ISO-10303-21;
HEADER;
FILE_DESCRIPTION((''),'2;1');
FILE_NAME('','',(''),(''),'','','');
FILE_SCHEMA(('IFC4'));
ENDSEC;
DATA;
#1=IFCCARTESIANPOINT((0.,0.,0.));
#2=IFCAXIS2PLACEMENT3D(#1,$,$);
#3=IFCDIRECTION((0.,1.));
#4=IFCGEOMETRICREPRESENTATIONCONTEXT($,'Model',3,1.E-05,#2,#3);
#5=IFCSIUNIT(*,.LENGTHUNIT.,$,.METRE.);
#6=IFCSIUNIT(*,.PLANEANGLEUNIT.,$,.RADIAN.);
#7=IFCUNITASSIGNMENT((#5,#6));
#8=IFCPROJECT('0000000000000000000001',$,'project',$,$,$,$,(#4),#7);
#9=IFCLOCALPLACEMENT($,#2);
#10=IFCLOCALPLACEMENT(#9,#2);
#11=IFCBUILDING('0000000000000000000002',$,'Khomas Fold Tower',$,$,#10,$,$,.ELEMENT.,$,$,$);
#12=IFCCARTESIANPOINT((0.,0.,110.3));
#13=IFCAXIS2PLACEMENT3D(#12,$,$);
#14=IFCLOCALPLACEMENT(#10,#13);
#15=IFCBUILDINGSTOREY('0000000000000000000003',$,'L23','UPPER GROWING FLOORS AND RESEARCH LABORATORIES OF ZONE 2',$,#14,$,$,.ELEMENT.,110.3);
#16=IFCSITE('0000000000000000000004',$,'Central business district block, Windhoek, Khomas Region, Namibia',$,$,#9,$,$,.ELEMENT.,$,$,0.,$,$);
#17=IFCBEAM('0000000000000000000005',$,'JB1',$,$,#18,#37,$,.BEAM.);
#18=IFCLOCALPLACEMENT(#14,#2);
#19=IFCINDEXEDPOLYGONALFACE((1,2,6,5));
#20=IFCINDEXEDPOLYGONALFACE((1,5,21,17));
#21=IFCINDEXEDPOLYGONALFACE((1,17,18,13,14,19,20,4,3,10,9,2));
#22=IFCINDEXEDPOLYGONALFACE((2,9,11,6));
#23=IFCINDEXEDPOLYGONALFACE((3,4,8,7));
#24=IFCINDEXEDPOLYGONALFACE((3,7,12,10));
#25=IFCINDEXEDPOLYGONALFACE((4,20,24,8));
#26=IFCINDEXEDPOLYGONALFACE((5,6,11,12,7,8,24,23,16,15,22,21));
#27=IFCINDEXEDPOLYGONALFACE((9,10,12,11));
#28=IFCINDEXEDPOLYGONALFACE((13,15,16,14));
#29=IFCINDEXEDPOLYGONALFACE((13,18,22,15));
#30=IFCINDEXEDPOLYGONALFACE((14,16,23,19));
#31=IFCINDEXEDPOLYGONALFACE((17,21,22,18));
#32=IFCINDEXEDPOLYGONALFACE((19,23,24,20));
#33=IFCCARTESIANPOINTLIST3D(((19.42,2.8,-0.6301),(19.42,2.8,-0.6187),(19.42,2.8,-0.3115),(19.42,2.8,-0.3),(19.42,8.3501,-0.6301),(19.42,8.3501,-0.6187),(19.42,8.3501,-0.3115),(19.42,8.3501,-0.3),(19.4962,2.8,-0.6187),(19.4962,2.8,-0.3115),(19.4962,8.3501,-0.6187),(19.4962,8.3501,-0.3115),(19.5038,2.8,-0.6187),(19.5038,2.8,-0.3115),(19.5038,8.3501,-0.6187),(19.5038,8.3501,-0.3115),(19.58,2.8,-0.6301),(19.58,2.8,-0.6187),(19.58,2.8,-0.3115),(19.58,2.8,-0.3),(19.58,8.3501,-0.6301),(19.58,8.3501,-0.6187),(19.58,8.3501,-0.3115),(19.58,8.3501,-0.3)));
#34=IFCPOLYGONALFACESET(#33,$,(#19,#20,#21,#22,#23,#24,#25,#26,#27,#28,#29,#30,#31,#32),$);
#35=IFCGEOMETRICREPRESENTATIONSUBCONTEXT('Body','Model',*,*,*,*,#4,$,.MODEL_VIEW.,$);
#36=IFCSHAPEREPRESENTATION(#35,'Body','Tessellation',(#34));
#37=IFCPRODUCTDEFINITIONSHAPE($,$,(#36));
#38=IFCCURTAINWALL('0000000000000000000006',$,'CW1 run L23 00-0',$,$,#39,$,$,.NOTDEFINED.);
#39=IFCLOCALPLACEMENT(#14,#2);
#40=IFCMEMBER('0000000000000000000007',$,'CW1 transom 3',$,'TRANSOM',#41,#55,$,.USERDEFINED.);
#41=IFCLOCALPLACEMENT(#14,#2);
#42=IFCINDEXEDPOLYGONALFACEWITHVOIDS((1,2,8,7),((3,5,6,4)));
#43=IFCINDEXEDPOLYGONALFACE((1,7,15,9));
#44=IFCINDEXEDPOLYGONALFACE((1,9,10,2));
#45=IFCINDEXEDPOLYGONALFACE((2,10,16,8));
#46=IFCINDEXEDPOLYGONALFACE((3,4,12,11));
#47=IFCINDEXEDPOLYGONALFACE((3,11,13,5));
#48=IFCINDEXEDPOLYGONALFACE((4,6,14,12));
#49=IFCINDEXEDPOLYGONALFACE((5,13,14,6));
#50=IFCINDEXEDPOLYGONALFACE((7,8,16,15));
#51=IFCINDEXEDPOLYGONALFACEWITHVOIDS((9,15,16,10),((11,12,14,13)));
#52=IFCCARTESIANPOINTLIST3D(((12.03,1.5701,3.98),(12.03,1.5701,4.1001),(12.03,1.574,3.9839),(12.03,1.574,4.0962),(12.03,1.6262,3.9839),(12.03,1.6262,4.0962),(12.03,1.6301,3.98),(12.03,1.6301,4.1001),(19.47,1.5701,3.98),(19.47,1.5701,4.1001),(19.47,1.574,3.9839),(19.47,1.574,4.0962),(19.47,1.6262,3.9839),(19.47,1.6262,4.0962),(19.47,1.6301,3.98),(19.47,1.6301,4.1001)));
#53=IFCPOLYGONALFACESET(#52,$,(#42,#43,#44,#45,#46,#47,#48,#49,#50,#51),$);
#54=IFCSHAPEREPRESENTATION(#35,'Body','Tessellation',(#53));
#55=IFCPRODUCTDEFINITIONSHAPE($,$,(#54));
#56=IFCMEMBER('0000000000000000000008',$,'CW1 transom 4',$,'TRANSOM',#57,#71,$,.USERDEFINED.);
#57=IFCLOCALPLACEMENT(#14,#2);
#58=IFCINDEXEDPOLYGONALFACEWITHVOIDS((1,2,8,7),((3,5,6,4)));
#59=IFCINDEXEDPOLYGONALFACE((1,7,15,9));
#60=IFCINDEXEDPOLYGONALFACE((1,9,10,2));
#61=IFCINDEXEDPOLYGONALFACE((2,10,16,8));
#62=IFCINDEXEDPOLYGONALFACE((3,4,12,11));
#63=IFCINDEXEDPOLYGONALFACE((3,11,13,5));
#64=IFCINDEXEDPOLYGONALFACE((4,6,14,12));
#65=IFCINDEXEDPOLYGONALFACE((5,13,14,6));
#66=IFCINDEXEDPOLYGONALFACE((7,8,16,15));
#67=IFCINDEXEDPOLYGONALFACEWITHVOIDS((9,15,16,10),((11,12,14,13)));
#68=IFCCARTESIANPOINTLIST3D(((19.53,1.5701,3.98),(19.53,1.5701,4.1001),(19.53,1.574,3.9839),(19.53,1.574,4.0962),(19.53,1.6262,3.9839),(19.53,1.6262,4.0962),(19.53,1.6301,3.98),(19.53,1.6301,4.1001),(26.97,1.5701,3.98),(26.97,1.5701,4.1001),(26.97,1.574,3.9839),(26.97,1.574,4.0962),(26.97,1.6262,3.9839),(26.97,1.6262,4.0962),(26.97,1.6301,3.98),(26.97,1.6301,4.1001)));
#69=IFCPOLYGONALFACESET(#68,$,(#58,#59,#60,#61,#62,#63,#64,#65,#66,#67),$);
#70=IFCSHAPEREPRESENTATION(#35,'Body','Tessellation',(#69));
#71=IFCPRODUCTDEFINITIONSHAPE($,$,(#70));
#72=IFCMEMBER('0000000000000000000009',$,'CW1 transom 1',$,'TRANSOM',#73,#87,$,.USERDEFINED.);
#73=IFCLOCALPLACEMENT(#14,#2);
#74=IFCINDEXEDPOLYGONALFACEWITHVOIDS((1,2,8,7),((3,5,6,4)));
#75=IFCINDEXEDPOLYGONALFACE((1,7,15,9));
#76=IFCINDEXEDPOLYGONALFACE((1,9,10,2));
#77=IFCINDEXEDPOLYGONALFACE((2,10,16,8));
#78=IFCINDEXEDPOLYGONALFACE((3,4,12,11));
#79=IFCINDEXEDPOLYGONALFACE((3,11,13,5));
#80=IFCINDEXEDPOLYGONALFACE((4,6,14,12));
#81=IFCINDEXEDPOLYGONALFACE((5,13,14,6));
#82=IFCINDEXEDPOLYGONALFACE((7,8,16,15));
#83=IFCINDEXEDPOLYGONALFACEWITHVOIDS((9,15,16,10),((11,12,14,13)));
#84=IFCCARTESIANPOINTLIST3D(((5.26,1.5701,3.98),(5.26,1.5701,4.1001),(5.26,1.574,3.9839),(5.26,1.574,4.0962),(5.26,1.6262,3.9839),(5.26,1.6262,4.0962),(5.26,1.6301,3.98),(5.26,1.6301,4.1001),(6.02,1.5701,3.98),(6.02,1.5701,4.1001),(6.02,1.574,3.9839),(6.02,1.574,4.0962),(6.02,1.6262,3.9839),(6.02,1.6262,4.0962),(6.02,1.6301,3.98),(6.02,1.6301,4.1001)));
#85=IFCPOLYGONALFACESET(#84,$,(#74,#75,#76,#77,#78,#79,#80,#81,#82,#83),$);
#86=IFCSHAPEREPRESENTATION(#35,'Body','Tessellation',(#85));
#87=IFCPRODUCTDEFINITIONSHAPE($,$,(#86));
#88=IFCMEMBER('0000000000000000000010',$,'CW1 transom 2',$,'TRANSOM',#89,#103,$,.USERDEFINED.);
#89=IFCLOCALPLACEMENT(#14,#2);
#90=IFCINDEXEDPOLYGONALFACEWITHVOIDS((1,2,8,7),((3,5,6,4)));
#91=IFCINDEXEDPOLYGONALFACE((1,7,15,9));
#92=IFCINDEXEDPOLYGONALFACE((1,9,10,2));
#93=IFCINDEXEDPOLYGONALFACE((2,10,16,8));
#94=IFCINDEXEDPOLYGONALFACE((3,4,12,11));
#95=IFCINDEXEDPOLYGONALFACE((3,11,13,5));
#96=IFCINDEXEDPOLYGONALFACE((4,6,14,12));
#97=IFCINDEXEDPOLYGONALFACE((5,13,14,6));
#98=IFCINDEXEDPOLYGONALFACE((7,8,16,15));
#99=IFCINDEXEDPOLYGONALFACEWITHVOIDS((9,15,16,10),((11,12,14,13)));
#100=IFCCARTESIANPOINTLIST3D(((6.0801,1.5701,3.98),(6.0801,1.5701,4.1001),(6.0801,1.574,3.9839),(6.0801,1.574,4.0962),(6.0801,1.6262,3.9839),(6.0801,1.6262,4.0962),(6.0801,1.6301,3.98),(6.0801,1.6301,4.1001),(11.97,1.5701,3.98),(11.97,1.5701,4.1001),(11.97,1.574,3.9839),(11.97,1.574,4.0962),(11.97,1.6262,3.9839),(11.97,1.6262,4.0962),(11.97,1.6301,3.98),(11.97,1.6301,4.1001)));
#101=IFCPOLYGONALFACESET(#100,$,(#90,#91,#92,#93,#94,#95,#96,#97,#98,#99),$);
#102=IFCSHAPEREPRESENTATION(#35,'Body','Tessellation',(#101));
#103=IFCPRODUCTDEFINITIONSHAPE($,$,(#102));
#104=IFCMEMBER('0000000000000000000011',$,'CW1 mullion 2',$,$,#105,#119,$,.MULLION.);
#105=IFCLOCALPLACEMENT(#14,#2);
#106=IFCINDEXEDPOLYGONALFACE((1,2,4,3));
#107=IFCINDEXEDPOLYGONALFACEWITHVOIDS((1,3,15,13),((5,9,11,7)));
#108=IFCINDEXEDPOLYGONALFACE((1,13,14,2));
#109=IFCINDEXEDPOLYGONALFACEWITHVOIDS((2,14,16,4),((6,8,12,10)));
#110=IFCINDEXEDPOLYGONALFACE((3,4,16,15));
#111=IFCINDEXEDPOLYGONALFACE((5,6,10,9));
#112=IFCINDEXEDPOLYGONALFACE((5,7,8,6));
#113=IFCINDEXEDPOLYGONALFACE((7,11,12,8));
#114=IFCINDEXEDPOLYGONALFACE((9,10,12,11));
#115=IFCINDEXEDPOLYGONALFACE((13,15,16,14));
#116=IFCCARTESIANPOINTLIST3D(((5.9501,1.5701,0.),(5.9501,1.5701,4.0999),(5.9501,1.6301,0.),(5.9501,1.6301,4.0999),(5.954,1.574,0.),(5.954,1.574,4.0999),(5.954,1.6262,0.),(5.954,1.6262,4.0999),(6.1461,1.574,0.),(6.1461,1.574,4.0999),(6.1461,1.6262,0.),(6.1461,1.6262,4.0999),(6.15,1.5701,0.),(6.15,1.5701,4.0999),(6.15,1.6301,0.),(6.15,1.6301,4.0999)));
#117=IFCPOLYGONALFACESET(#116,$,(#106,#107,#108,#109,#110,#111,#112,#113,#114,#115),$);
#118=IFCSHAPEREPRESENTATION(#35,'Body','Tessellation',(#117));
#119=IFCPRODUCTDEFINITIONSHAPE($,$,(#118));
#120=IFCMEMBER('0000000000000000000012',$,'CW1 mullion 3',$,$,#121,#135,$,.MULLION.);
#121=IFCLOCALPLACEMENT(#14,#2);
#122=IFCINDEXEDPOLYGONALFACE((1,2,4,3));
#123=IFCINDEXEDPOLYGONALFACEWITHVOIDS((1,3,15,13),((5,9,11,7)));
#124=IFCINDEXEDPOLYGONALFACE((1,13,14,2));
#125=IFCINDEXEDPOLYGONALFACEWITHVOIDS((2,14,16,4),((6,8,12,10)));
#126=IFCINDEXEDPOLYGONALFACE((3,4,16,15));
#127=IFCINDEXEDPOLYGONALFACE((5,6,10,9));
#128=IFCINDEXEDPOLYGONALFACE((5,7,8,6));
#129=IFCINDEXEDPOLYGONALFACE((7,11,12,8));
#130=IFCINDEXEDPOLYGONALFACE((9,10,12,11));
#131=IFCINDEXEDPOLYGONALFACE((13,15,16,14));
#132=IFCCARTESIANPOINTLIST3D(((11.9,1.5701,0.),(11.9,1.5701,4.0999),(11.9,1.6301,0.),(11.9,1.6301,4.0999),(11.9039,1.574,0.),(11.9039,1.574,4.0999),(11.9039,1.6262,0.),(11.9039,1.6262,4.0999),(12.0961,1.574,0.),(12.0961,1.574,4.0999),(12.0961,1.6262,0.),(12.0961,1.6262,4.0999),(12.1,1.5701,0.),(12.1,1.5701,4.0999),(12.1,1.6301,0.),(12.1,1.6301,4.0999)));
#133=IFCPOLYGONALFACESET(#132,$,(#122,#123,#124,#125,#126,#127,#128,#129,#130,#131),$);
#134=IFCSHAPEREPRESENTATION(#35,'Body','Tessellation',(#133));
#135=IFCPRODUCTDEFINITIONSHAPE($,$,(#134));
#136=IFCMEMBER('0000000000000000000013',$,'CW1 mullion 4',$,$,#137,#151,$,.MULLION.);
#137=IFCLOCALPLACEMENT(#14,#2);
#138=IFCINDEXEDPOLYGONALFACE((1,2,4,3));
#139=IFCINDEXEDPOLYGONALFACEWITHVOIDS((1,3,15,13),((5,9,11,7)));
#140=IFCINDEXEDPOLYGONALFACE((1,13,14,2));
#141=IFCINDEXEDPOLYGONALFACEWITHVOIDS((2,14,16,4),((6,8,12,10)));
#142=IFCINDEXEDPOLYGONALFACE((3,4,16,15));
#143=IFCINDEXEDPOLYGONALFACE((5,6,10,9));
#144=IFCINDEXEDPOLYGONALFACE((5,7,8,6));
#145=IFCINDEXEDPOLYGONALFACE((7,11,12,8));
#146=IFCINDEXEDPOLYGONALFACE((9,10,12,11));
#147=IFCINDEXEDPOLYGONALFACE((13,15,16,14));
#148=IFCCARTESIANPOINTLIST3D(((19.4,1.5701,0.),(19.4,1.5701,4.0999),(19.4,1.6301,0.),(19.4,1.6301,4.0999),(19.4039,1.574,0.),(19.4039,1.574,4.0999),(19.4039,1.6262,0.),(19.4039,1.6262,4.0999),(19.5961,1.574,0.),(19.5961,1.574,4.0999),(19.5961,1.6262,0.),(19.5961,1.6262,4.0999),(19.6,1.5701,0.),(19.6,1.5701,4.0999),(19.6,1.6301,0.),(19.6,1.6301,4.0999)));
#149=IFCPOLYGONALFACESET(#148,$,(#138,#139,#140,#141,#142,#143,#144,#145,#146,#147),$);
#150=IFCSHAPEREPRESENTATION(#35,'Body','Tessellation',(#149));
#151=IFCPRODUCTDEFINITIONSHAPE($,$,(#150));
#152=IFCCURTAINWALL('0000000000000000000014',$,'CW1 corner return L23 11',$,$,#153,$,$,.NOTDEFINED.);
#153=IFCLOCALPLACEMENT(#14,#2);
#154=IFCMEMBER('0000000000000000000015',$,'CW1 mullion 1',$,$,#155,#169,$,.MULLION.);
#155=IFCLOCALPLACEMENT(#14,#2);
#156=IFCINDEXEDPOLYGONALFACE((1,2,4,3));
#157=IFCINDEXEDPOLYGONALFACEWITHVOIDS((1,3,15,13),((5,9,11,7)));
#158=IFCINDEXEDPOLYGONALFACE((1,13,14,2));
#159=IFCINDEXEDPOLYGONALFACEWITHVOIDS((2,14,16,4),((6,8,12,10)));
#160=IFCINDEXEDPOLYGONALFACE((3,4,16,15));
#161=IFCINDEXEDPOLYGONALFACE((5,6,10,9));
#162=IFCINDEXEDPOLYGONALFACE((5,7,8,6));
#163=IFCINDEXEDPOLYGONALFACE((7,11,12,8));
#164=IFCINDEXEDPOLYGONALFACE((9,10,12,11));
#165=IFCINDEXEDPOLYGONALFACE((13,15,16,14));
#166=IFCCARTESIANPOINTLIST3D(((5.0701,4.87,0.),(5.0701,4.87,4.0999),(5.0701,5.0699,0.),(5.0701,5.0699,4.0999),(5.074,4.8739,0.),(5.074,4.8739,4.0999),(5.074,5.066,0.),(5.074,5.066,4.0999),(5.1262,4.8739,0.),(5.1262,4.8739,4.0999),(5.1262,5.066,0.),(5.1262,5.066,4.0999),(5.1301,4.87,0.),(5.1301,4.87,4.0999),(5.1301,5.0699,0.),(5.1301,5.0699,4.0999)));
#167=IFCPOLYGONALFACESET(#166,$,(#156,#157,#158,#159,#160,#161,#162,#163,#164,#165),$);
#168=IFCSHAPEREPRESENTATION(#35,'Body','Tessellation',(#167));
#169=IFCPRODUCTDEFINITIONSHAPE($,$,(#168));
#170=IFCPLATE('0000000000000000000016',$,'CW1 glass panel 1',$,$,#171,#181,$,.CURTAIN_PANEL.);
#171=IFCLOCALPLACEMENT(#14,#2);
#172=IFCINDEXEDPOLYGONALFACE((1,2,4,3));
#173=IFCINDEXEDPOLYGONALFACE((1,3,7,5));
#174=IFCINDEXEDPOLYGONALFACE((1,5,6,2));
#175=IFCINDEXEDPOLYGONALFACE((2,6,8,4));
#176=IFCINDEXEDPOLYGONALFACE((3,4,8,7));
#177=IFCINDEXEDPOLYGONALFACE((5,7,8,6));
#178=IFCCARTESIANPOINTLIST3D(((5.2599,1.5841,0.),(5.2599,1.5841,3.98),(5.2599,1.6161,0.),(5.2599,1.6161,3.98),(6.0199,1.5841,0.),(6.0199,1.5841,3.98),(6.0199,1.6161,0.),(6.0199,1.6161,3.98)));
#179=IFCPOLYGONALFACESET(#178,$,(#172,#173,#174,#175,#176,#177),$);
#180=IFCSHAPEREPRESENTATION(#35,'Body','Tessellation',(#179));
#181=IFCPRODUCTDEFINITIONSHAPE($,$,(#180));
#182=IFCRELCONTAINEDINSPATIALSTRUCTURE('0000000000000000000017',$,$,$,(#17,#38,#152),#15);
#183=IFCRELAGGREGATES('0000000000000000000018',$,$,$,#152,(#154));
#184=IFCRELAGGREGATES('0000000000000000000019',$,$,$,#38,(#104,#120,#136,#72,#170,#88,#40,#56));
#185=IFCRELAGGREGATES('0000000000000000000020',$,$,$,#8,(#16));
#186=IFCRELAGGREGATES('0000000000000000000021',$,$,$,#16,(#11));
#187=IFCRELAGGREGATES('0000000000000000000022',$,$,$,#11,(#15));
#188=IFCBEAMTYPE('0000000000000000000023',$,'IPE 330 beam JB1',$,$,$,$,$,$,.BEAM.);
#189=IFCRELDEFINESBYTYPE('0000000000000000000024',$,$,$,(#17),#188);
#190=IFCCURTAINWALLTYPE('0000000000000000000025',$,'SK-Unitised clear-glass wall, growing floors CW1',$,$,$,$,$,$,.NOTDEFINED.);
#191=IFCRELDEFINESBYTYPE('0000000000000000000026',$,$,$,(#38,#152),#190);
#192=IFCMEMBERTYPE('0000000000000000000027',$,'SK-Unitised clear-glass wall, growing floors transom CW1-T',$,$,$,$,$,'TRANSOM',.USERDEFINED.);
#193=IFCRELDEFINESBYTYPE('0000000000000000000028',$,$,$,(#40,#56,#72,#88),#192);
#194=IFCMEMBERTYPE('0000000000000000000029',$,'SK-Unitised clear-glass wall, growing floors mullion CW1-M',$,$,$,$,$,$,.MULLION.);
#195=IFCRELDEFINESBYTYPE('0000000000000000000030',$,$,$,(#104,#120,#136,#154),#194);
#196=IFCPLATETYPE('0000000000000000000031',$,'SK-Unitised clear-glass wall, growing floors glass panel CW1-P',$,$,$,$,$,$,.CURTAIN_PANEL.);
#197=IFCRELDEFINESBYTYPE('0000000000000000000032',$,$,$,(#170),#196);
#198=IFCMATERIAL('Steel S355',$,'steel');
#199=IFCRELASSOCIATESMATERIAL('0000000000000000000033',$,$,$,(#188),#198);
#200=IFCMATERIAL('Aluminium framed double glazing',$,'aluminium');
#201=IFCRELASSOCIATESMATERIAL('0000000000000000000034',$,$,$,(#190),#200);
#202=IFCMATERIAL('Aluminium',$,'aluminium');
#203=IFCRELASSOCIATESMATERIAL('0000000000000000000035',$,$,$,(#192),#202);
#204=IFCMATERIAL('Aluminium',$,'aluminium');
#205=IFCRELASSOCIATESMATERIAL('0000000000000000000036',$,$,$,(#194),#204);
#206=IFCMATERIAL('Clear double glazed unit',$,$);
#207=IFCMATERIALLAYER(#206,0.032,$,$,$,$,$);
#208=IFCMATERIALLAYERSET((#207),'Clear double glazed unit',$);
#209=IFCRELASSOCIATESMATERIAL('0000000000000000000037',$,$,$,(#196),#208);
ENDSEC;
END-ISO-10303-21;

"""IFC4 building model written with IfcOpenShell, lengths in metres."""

from ifc_helpers import new_model, si_unit, direction, frame, origin, origin_2d, place, context, subcontext, project, spatial, rectangle, hollow_rectangle, i_section, extrude, source, transform, mapped, material, layer, layer_set, material_profile, profile_set, type_object, element, aggregate, save


model = new_model("IFC4")

# Units and contexts
model_context = context("Model", 3, precision=1e-05, world=origin(), true_north=direction((0.0, 1.0)))
body_context = subcontext(model_context, "Body", "Model", "MODEL_VIEW")
ifc_project = project(units=[si_unit("LENGTHUNIT", "METRE"), si_unit("PLANEANGLEUNIT", "RADIAN")], contexts=[model_context])

# Site, building, storey
site_placement = place(None, origin())
site = spatial("IfcSite", under=ifc_project, at=site_placement, Name="Central business district block, Windhoek, Khomas Region, Namibia", CompositionType="ELEMENT", RefElevation=0.0)
building_placement = place(site_placement, origin())
building = spatial("IfcBuilding", under=site, at=building_placement, Name="Khomas Fold Tower", CompositionType="ELEMENT")
storey_placement = place(building_placement, frame((0.0, 0.0, 110.3)))
storey = spatial("IfcBuildingStorey", under=building, at=storey_placement, Name="L23", Description="UPPER GROWING FLOORS AND RESEARCH LABORATORIES OF ZONE 2", CompositionType="ELEMENT", Elevation=110.3)

# Beam
ifc_material_1 = material(Name="Steel S355", Category="steel")
ifc_material_profile_1 = material_profile(ifc_material_1, i_section(OverallWidth=0.1599, OverallDepth=0.3301, WebThickness=0.0076, FlangeThickness=0.0115, at=origin_2d()), Name="IPE 330")
ifc_profile_set_1 = profile_set([ifc_material_profile_1], Name="Steel S355")
beam_type_1 = type_object("IfcBeamType", Name="IPE 330 beam JB1", PredefinedType="BEAM", material=ifc_profile_set_1)
shared_shape_1 = source(origin(), body_context, "Body", "SweptSolid", [
    extrude(i_section(OverallWidth=0.1599, OverallDepth=0.3301, WebThickness=0.0076, FlangeThickness=0.0115, at=origin_2d()), origin(), (0.0, 0.0, 1.0), 5.55),
])
beam_1_placement = place(storey_placement, frame((19.5, 2.8, -0.4651), z_axis=(0.0, 1.0, 0.0), x_axis=(-1.0, 0.0, 0.0)))
element("IfcBeam", 1, at=beam_1_placement, inside=storey, type_object=beam_type_1, Name="JB1", PredefinedType="BEAM", context=body_context, shape_type="MappedRepresentation", body=[
    mapped(shared_shape_1, transform((0.0, 0.0, 0.0))),
])

# Curtain wall, members
ifc_material_2 = material(Name="Aluminium framed double glazing", Category="aluminium")
curtain_wall_type = type_object("IfcCurtainWallType", Name="SK-Unitised clear-glass wall, growing floors CW1", PredefinedType="NOTDEFINED", material=ifc_material_2)
curtain_wall_1_placement = place(storey_placement, origin())
curtain_wall_1 = element("IfcCurtainWall", 2, at=curtain_wall_1_placement, inside=storey, type_object=curtain_wall_type, Name="CW1 run L23 00-0", PredefinedType="NOTDEFINED")
ifc_material_3 = material(Name="Aluminium", Category="aluminium")
ifc_material_profile_2 = material_profile(ifc_material_3, hollow_rectangle(XDim=0.0601, YDim=0.1201, WallThickness=0.0039, at=origin_2d()), Name="SK-Unitised clear-glass wall, growing floors transom CW1-T")
ifc_profile_set_2 = profile_set([ifc_material_profile_2], Name="Aluminium")
member_type_1 = type_object("IfcMemberType", Name="SK-Unitised clear-glass wall, growing floors transom CW1-T", ElementType="TRANSOM", PredefinedType="USERDEFINED", material=ifc_profile_set_2)
shared_shape_2 = source(origin(), body_context, "Body", "SweptSolid", [
    extrude(hollow_rectangle(XDim=0.0601, YDim=0.1201, WallThickness=0.0039, at=origin_2d()), origin(), (0.0, 0.0, 1.0), 7.4399),
])
member_1_placement = place(storey_placement, frame((12.03, 1.6001, 4.04), z_axis=(1.0, 0.0, 0.0), x_axis=(0.0, 1.0, 0.0)))
member_1 = element("IfcMember", 3, at=member_1_placement, type_object=member_type_1, Name="CW1 transom 3", ObjectType="TRANSOM", PredefinedType="USERDEFINED", context=body_context, shape_type="MappedRepresentation", body=[
    mapped(shared_shape_2, transform((0.0, 0.0, 0.0))),
])
member_2_placement = place(storey_placement, frame((19.53, 1.6001, 4.04), z_axis=(1.0, 0.0, 0.0), x_axis=(0.0, 1.0, 0.0)))
member_2 = element("IfcMember", 4, at=member_2_placement, type_object=member_type_1, Name="CW1 transom 4", ObjectType="TRANSOM", PredefinedType="USERDEFINED", context=body_context, shape_type="MappedRepresentation", body=[
    mapped(shared_shape_2, transform((0.0, 0.0, 0.0))),
])
shared_shape_3 = source(origin(), body_context, "Body", "SweptSolid", [
    extrude(hollow_rectangle(XDim=0.0601, YDim=0.1201, WallThickness=0.0039, at=origin_2d()), origin(), (0.0, 0.0, 1.0), 0.76),
])
member_3_placement = place(storey_placement, frame((5.26, 1.6001, 4.04), z_axis=(1.0, 0.0, 0.0), x_axis=(0.0, 1.0, 0.0)))
member_3 = element("IfcMember", 5, at=member_3_placement, type_object=member_type_1, Name="CW1 transom 1", ObjectType="TRANSOM", PredefinedType="USERDEFINED", context=body_context, shape_type="MappedRepresentation", body=[
    mapped(shared_shape_3, transform((0.0, 0.0, 0.0))),
])
shared_shape_4 = source(origin(), body_context, "Body", "SweptSolid", [
    extrude(hollow_rectangle(XDim=0.0601, YDim=0.1201, WallThickness=0.0039, at=origin_2d()), origin(), (0.0, 0.0, 1.0), 5.8899),
])
member_4_placement = place(storey_placement, frame((6.0801, 1.6001, 4.04), z_axis=(1.0, 0.0, 0.0), x_axis=(0.0, 1.0, 0.0)))
member_4 = element("IfcMember", 6, at=member_4_placement, type_object=member_type_1, Name="CW1 transom 2", ObjectType="TRANSOM", PredefinedType="USERDEFINED", context=body_context, shape_type="MappedRepresentation", body=[
    mapped(shared_shape_4, transform((0.0, 0.0, 0.0))),
])
ifc_material_4 = material(Name="Aluminium", Category="aluminium")
ifc_material_profile_3 = material_profile(ifc_material_4, hollow_rectangle(XDim=0.0601, YDim=0.2, WallThickness=0.0039, at=origin_2d()), Name="SK-Unitised clear-glass wall, growing floors mullion CW1-M")
ifc_profile_set_3 = profile_set([ifc_material_profile_3], Name="Aluminium")
member_type_2 = type_object("IfcMemberType", Name="SK-Unitised clear-glass wall, growing floors mullion CW1-M", PredefinedType="MULLION", material=ifc_profile_set_3)
shared_shape_5 = source(origin(), body_context, "Body", "SweptSolid", [
    extrude(hollow_rectangle(XDim=0.0601, YDim=0.2, WallThickness=0.0039, at=origin_2d()), origin(), (0.0, 0.0, 1.0), 4.0999),
])
member_5_placement = place(storey_placement, frame((6.05, 1.6001, 0.0), z_axis=(0.0, 0.0, 1.0), x_axis=(0.0, 1.0, 0.0)))
member_5 = element("IfcMember", 7, at=member_5_placement, type_object=member_type_2, Name="CW1 mullion 2", PredefinedType="MULLION", context=body_context, shape_type="MappedRepresentation", body=[
    mapped(shared_shape_5, transform((0.0, 0.0, 0.0))),
])
member_6_placement = place(storey_placement, frame((12.0, 1.6001, 0.0), z_axis=(0.0, 0.0, 1.0), x_axis=(0.0, 1.0, 0.0)))
member_6 = element("IfcMember", 8, at=member_6_placement, type_object=member_type_2, Name="CW1 mullion 3", PredefinedType="MULLION", context=body_context, shape_type="MappedRepresentation", body=[
    mapped(shared_shape_5, transform((0.0, 0.0, 0.0))),
])
member_7_placement = place(storey_placement, frame((19.5, 1.6001, 0.0), z_axis=(0.0, 0.0, 1.0), x_axis=(0.0, 1.0, 0.0)))
member_7 = element("IfcMember", 9, at=member_7_placement, type_object=member_type_2, Name="CW1 mullion 4", PredefinedType="MULLION", context=body_context, shape_type="MappedRepresentation", body=[
    mapped(shared_shape_5, transform((0.0, 0.0, 0.0))),
])

# Curtain wall, member
curtain_wall_2_placement = place(storey_placement, origin())
curtain_wall_2 = element("IfcCurtainWall", 10, at=curtain_wall_2_placement, inside=storey, type_object=curtain_wall_type, Name="CW1 corner return L23 11", PredefinedType="NOTDEFINED")
member_8_placement = place(storey_placement, frame((5.1001, 4.97, 0.0), z_axis=(0.0, 0.0, 1.0), x_axis=(1.0, 0.0, 0.0)))
member_8 = element("IfcMember", 11, at=member_8_placement, type_object=member_type_2, Name="CW1 mullion 1", PredefinedType="MULLION", context=body_context, shape_type="MappedRepresentation", body=[
    mapped(shared_shape_5, transform((0.0, 0.0, 0.0))),
])
aggregate(curtain_wall_2, [member_8])

# Plate
ifc_material_5 = material(Name="Clear double glazed unit")
ifc_layer_1 = layer(ifc_material_5, 0.032)
ifc_layer_set_1 = layer_set([ifc_layer_1], Name="Clear double glazed unit")
plate_type = type_object("IfcPlateType", Name="SK-Unitised clear-glass wall, growing floors glass panel CW1-P", PredefinedType="CURTAIN_PANEL", material=ifc_layer_set_1)
shared_shape_6 = source(origin(), body_context, "Body", "SweptSolid", [
    extrude(rectangle(XDim=0.76, YDim=0.032, at=origin_2d()), origin(), (0.0, 0.0, 1.0), 3.98),
])
plate_1_placement = place(storey_placement, frame((5.6399, 1.6001, 0.0), z_axis=(0.0, 0.0, 1.0), x_axis=(1.0, 0.0, 0.0)))
plate_1 = element("IfcPlate", 12, at=plate_1_placement, type_object=plate_type, Name="CW1 glass panel 1", PredefinedType="CURTAIN_PANEL", context=body_context, shape_type="MappedRepresentation", body=[
    mapped(shared_shape_6, transform((0.0, 0.0, 0.0))),
])
aggregate(curtain_wall_1, [member_5, member_6, member_7, member_3, plate_1, member_4, member_1, member_2])

save(model, "model.ifc")
